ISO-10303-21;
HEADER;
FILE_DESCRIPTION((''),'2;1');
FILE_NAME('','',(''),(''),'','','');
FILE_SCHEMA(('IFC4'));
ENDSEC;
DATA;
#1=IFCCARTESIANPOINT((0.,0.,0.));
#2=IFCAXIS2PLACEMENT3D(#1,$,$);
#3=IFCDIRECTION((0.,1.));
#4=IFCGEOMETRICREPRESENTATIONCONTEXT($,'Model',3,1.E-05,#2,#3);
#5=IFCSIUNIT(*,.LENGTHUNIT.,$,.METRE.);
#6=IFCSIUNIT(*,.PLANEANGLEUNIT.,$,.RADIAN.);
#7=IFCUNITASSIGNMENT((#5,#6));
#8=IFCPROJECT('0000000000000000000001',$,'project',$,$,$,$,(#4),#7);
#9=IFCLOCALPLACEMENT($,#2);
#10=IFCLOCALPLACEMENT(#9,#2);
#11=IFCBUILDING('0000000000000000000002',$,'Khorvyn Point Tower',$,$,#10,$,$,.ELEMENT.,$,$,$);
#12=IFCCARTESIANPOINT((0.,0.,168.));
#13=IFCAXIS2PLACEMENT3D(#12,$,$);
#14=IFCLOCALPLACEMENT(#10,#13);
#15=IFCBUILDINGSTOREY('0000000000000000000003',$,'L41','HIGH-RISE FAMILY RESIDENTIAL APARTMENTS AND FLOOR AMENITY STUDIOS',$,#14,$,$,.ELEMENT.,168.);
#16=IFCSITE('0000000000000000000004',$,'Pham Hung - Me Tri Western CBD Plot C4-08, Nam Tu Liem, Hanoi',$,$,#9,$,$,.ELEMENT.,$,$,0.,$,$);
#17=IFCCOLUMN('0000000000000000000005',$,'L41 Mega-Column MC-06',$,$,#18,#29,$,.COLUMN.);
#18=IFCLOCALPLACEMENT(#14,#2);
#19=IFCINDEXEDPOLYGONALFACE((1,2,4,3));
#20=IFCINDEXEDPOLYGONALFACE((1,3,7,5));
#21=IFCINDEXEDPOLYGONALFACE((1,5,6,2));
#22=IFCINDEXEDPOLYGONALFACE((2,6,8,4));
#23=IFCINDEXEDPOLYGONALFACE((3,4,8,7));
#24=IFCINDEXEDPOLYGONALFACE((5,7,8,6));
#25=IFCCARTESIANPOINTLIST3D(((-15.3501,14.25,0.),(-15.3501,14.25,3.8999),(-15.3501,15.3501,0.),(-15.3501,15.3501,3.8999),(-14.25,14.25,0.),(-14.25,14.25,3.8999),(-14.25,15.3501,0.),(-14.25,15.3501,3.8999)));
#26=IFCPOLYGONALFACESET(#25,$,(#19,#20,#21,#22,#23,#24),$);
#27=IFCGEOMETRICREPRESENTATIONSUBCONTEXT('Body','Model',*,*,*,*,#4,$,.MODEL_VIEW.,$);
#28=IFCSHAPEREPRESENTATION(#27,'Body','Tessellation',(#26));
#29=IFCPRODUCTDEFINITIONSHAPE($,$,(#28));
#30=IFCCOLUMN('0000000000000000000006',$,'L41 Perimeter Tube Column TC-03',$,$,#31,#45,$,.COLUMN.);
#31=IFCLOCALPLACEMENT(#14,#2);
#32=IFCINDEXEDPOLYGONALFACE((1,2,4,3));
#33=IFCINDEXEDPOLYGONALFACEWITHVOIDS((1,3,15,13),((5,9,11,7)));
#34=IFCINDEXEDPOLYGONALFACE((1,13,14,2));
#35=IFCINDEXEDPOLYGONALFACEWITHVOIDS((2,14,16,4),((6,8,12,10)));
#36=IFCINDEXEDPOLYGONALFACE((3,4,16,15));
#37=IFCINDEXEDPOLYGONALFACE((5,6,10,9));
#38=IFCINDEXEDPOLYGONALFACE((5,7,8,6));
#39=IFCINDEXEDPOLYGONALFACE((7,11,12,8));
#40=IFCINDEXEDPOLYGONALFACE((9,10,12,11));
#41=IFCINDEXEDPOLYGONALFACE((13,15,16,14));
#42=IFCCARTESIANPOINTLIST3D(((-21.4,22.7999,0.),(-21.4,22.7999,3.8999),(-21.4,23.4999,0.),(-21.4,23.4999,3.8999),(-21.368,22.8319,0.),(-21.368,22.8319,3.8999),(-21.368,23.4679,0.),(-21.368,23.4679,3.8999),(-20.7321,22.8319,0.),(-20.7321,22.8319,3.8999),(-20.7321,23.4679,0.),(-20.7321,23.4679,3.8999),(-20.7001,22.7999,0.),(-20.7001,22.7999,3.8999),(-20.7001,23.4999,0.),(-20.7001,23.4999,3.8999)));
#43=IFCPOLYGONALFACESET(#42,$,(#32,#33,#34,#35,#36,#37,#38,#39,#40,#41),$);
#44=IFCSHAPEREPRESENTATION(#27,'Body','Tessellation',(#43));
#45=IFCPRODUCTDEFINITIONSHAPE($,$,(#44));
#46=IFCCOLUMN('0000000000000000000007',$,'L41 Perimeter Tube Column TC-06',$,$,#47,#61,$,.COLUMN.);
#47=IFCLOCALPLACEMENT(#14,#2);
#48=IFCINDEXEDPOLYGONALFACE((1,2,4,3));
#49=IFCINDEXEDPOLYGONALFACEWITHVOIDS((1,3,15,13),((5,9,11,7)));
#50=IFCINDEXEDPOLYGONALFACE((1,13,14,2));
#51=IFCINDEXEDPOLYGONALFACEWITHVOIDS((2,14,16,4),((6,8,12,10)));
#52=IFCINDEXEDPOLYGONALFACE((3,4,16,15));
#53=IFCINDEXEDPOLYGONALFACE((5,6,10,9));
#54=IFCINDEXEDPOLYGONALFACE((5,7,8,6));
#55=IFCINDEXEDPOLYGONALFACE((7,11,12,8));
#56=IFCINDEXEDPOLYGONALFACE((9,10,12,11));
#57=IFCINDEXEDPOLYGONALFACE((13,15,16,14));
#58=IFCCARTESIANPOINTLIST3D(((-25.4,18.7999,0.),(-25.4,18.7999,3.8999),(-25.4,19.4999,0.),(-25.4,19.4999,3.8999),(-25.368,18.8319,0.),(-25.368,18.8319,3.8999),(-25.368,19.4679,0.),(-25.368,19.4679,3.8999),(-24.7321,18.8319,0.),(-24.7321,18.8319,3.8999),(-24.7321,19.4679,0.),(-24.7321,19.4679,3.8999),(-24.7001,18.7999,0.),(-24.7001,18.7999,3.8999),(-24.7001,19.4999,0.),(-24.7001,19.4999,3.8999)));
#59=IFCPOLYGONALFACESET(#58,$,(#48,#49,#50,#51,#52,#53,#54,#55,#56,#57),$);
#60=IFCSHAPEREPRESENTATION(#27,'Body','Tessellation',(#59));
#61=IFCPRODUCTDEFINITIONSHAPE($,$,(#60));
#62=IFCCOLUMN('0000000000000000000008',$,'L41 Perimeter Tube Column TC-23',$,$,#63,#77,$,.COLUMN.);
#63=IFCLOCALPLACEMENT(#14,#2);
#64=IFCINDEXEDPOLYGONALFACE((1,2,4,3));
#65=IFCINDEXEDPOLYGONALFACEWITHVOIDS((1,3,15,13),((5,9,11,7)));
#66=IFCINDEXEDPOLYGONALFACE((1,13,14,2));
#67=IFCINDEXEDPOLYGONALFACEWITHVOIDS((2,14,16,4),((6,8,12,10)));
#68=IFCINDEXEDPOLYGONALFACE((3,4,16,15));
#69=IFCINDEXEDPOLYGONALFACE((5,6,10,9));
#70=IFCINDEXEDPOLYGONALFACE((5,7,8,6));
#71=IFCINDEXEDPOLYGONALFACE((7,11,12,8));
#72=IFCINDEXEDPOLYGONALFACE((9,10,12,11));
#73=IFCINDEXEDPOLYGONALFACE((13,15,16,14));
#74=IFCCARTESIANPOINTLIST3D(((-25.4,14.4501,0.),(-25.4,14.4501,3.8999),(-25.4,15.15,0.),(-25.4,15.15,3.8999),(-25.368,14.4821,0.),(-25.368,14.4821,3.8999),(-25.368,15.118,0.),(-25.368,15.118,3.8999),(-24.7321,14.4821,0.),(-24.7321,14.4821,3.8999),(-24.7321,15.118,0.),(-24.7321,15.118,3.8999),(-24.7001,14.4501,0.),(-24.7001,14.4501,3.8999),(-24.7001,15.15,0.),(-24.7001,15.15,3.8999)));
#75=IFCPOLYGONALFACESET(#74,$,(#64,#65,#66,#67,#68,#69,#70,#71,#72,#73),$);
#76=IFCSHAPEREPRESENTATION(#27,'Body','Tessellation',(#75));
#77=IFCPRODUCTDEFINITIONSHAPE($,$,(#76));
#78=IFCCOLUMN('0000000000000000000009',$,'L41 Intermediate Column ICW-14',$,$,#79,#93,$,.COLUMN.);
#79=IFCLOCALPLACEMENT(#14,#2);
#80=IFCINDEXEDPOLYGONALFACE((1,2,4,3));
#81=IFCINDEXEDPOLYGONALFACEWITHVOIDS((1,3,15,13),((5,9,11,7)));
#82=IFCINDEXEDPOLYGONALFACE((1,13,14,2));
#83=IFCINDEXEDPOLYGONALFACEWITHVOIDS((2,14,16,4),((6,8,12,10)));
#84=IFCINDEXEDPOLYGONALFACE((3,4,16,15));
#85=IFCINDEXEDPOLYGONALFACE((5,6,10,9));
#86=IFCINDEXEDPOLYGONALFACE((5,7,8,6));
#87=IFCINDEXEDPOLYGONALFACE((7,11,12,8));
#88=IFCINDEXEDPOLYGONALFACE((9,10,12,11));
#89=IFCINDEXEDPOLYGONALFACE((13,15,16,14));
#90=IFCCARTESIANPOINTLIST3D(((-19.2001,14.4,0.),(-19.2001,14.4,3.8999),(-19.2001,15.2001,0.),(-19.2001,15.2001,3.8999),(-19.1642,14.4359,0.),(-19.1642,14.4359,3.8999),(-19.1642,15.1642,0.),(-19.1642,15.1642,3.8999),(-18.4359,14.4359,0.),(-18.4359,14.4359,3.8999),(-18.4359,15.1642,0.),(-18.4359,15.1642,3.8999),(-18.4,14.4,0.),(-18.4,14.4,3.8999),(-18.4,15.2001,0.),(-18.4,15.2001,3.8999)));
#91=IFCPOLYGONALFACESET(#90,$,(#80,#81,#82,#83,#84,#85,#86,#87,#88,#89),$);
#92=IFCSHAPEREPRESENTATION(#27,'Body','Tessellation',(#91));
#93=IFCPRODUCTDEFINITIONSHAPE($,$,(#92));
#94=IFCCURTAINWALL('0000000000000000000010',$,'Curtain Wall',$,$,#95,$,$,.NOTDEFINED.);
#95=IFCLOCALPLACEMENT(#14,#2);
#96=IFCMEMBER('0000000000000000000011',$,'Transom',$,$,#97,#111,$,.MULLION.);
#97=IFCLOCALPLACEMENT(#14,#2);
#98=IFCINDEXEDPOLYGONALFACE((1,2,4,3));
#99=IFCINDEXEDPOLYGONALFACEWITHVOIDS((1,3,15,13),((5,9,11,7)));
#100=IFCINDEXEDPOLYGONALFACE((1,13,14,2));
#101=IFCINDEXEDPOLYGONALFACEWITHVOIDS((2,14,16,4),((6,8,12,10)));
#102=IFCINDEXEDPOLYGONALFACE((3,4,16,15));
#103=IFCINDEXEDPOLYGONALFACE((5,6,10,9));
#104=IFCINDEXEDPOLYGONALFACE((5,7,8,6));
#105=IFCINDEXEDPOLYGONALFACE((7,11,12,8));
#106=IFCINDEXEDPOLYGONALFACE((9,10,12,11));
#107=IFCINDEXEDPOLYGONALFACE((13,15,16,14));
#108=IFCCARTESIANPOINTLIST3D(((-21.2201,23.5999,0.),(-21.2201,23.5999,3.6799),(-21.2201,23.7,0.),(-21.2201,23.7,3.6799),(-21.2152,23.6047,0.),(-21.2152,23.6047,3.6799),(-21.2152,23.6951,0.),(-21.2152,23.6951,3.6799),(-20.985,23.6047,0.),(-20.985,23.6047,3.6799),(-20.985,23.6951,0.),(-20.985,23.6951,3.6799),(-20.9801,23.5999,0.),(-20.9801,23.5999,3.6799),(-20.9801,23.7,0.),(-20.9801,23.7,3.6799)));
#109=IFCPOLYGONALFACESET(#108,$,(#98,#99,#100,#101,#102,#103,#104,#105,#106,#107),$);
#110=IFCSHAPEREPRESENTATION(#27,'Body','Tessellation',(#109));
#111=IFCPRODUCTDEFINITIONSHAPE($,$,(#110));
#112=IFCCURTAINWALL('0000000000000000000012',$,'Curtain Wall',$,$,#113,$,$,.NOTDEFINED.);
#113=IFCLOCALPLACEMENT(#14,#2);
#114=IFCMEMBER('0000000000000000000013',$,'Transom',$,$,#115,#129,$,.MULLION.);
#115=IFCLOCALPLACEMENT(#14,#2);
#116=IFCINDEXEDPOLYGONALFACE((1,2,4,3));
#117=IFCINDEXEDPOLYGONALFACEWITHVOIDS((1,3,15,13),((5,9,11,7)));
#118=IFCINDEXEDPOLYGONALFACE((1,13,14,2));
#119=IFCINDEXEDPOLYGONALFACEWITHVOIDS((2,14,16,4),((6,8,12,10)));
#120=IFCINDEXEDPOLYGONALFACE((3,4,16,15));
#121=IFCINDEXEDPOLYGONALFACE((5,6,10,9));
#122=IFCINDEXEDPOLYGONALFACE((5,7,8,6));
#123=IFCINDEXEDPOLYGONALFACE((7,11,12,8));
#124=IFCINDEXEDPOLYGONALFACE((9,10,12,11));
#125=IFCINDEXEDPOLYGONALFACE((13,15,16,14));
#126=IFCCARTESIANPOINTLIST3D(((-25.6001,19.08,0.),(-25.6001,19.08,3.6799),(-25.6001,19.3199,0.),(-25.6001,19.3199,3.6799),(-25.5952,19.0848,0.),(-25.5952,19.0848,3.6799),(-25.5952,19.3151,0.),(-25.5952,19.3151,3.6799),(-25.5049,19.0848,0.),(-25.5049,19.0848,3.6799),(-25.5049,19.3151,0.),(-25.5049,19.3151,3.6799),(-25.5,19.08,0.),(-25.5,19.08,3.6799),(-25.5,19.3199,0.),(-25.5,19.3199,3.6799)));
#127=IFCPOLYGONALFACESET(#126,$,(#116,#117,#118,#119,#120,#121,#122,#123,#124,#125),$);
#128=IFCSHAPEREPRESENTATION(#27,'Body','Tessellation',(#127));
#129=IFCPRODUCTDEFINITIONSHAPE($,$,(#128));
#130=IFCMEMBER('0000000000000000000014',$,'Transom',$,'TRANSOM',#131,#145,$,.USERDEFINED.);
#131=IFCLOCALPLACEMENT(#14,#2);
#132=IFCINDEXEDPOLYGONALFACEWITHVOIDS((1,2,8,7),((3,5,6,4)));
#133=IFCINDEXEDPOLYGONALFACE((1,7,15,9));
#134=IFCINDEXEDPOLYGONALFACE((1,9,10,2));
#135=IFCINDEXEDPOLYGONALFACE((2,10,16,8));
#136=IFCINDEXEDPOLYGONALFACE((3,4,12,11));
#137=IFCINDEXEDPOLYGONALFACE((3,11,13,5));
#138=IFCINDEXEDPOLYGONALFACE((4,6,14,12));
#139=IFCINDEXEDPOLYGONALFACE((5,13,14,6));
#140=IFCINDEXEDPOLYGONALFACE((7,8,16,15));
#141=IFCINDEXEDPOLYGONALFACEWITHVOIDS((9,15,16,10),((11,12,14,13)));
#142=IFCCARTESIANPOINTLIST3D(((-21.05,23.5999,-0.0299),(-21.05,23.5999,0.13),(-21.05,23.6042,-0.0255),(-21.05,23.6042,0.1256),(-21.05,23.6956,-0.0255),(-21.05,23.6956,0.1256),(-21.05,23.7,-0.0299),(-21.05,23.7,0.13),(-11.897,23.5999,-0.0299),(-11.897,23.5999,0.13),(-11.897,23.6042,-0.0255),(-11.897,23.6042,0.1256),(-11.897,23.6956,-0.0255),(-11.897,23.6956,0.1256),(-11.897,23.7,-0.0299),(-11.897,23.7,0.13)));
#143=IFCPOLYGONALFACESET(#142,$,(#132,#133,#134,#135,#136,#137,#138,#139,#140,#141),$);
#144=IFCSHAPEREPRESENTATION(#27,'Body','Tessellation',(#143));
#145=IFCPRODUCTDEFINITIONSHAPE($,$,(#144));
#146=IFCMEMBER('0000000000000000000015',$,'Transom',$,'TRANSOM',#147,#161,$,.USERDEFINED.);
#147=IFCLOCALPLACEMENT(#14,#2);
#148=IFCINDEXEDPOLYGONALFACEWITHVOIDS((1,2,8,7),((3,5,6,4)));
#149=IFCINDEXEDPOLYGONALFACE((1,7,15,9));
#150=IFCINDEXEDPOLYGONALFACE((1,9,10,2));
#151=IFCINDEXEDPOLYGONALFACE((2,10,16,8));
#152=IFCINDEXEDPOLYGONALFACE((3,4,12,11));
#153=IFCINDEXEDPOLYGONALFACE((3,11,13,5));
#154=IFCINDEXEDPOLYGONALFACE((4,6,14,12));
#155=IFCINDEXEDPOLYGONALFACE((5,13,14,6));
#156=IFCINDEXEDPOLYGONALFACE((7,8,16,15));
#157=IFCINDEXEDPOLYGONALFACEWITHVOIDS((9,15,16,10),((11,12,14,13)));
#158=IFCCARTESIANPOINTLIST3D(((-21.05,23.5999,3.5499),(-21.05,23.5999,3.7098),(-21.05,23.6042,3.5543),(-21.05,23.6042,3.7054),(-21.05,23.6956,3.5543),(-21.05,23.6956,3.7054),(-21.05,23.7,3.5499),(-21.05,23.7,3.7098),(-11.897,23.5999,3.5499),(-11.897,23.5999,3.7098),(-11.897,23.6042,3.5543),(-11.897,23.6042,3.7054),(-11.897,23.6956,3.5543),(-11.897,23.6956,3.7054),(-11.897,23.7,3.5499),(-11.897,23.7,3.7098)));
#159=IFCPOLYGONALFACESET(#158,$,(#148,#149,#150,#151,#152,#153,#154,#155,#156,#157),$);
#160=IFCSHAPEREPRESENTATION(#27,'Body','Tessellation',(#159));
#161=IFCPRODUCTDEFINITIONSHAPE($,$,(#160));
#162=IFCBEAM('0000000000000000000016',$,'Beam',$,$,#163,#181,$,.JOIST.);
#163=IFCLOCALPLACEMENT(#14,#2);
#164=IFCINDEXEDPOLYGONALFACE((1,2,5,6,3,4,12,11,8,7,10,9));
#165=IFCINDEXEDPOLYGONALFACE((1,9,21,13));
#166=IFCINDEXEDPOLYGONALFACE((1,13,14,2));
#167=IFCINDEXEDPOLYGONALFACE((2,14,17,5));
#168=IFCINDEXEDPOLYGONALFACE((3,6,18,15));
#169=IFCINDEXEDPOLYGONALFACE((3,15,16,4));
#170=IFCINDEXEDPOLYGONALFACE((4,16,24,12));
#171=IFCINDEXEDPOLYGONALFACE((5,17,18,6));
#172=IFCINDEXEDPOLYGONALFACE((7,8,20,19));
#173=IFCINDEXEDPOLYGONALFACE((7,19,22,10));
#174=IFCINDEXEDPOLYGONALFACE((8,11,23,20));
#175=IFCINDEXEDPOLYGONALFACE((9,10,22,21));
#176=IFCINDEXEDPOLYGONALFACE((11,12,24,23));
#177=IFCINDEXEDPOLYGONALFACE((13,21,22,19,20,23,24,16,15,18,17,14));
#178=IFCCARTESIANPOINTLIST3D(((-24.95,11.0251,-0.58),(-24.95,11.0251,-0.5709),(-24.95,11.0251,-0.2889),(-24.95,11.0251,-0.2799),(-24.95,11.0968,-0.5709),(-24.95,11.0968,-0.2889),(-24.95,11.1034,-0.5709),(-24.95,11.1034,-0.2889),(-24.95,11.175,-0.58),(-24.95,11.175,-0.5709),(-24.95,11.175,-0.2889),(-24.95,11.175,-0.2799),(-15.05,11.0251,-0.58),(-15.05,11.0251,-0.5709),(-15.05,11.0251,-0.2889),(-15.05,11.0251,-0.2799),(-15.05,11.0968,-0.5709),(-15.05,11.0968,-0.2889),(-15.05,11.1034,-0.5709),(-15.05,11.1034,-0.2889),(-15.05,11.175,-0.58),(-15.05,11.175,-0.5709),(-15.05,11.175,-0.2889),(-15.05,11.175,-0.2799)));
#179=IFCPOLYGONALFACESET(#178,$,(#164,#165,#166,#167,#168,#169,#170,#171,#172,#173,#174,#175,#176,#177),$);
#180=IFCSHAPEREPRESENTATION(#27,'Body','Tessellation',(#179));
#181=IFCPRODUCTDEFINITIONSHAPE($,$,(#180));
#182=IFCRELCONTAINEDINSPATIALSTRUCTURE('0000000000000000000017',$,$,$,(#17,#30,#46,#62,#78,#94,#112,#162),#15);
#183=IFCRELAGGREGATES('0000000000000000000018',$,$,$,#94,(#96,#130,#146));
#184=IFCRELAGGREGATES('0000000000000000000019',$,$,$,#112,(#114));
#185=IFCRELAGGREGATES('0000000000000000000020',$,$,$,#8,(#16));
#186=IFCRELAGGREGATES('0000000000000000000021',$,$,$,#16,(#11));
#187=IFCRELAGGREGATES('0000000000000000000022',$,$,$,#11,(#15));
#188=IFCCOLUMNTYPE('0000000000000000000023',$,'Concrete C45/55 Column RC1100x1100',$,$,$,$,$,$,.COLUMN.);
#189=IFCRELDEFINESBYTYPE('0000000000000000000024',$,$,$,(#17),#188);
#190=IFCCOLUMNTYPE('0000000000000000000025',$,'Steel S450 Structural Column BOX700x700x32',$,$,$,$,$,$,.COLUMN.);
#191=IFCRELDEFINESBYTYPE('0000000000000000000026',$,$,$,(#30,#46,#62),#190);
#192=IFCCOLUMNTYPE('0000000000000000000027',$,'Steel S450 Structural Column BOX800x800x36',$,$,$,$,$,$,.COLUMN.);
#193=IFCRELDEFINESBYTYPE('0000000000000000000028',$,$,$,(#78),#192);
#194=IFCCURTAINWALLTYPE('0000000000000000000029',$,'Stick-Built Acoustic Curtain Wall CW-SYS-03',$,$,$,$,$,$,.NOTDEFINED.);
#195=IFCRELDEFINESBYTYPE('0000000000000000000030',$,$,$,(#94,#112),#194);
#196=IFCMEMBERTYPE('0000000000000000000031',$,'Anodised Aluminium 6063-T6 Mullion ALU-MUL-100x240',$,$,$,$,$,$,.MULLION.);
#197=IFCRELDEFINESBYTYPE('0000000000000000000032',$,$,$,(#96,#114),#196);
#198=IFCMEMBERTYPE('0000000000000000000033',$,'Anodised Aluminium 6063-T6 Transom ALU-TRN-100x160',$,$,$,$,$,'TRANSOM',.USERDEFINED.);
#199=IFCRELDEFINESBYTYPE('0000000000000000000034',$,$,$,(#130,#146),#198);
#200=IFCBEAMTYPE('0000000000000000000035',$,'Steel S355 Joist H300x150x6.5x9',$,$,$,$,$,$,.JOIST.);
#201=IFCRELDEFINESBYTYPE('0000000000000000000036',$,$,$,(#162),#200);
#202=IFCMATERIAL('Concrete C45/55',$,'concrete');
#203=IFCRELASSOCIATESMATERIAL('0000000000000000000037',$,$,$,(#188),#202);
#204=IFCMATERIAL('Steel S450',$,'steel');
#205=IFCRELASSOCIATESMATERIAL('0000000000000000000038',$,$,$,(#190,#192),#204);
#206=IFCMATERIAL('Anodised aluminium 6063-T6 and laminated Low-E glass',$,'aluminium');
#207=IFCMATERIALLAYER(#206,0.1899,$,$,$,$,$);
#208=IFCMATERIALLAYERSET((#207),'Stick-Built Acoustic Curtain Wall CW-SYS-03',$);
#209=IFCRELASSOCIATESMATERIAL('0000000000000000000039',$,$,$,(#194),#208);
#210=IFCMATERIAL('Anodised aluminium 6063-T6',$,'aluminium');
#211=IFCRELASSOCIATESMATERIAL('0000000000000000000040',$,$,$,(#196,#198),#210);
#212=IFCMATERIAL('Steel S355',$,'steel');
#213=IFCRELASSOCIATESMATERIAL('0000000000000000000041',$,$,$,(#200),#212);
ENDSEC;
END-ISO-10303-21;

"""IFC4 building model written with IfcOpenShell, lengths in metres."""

from ifc_helpers import new_model, si_unit, direction, frame, origin, origin_2d, place, context, subcontext, project, spatial, rectangle, hollow_rectangle, i_section, extrude, material, layer, layer_set, material_profile, profile_set, type_object, element, aggregate, save


model = new_model("IFC4")

# Units and contexts
model_context = context("Model", 3, precision=1e-05, world=origin(), true_north=direction((0.0, 1.0)))
body_context = subcontext(model_context, "Body", "Model", "MODEL_VIEW")
ifc_project = project(units=[si_unit("LENGTHUNIT", "METRE"), si_unit("PLANEANGLEUNIT", "RADIAN")], contexts=[model_context])

# Site, building, storey
site_placement = place(None, origin())
site = spatial("IfcSite", under=ifc_project, at=site_placement, Name="Pham Hung - Me Tri Western CBD Plot C4-08, Nam Tu Liem, Hanoi", CompositionType="ELEMENT", RefElevation=0.0)
building_placement = place(site_placement, origin())
building = spatial("IfcBuilding", under=site, at=building_placement, Name="Khorvyn Point Tower", CompositionType="ELEMENT")
storey_placement = place(building_placement, frame((0.0, 0.0, 168.0)))
storey = spatial("IfcBuildingStorey", under=building, at=storey_placement, Name="L41", Description="HIGH-RISE FAMILY RESIDENTIAL APARTMENTS AND FLOOR AMENITY STUDIOS", CompositionType="ELEMENT", Elevation=168.0)

# Columns
ifc_material_1 = material(Name="Concrete C45/55", Category="concrete")
ifc_material_profile_1 = material_profile(ifc_material_1, rectangle(XDim=1.1001, YDim=1.1001, at=origin_2d()))
ifc_profile_set_1 = profile_set([ifc_material_profile_1], Name="Concrete C45/55 RC1100x1100")
column_type_1 = type_object("IfcColumnType", Name="Concrete C45/55 Column RC1100x1100", PredefinedType="COLUMN", material=ifc_profile_set_1)
column_1_placement = place(storey_placement, frame((-14.8, 14.8, 0.0), z_axis=(0.0, 0.0, 1.0), x_axis=(1.0, 0.0, 0.0)))
element("IfcColumn", 1, at=column_1_placement, inside=storey, type_object=column_type_1, Name="L41 Mega-Column MC-06", PredefinedType="COLUMN", context=body_context, shape_type="SweptSolid", body=[
    extrude(rectangle(XDim=1.1001, YDim=1.1001, at=origin_2d()), origin(), (0.0, 0.0, 1.0), 3.8999),
])
ifc_material_2 = material(Name="Steel S450", Category="steel")
ifc_material_profile_2 = material_profile(ifc_material_2, hollow_rectangle(XDim=0.7, YDim=0.7, WallThickness=0.032, at=origin_2d()))
ifc_profile_set_2 = profile_set([ifc_material_profile_2], Name="Steel S450 BOX700x700x32")
column_type_2 = type_object("IfcColumnType", Name="Steel S450 Structural Column BOX700x700x32", PredefinedType="COLUMN", material=ifc_profile_set_2)
for number, where, z_axis, x_axis, name in (
    (2, (-21.05, 23.1499, 0.0), (0.0, 0.0, 1.0), (1.0, 0.0, 0.0), "L41 Perimeter Tube Column TC-03"),
    (3, (-25.05, 19.1499, 0.0), (0.0, 0.0, 1.0), (1.0, 0.0, 0.0), "L41 Perimeter Tube Column TC-06"),
    (4, (-25.05, 14.8, 0.0), (0.0, 0.0, 1.0), (1.0, 0.0, 0.0), "L41 Perimeter Tube Column TC-23"),
):
    element("IfcColumn", number, at=place(storey_placement, frame(where, z_axis=z_axis, x_axis=x_axis)), inside=storey, type_object=column_type_2, Name=name, PredefinedType="COLUMN", context=body_context, shape_type="SweptSolid", body=[
        extrude(hollow_rectangle(XDim=0.7, YDim=0.7, WallThickness=0.032, at=origin_2d()), origin(), (0.0, 0.0, 1.0), 3.8999),
    ])
ifc_material_profile_3 = material_profile(ifc_material_2, hollow_rectangle(XDim=0.8, YDim=0.8, WallThickness=0.0359, at=origin_2d()))
ifc_profile_set_3 = profile_set([ifc_material_profile_3], Name="Steel S450 BOX800x800x36")
column_type_3 = type_object("IfcColumnType", Name="Steel S450 Structural Column BOX800x800x36", PredefinedType="COLUMN", material=ifc_profile_set_3)
column_2_placement = place(storey_placement, frame((-18.8, 14.8, 0.0), z_axis=(0.0, 0.0, 1.0), x_axis=(1.0, 0.0, 0.0)))
element("IfcColumn", 5, at=column_2_placement, inside=storey, type_object=column_type_3, Name="L41 Intermediate Column ICW-14", PredefinedType="COLUMN", context=body_context, shape_type="SweptSolid", body=[
    extrude(hollow_rectangle(XDim=0.8, YDim=0.8, WallThickness=0.0359, at=origin_2d()), origin(), (0.0, 0.0, 1.0), 3.8999),
])

# Curtain walls, members
ifc_material_3 = material(Name="Anodised aluminium 6063-T6 and laminated Low-E glass", Category="aluminium")
ifc_layer_1 = layer(ifc_material_3, 0.1899)
ifc_layer_set_1 = layer_set([ifc_layer_1], Name="Stick-Built Acoustic Curtain Wall CW-SYS-03")
curtain_wall_type = type_object("IfcCurtainWallType", Name="Stick-Built Acoustic Curtain Wall CW-SYS-03", PredefinedType="NOTDEFINED", material=ifc_layer_set_1)
curtain_wall_1_placement = place(storey_placement, origin())
curtain_wall_1 = element("IfcCurtainWall", 6, at=curtain_wall_1_placement, inside=storey, type_object=curtain_wall_type, Name="Curtain Wall", PredefinedType="NOTDEFINED")
ifc_material_4 = material(Name="Anodised aluminium 6063-T6", Category="aluminium")
ifc_material_profile_4 = material_profile(ifc_material_4, hollow_rectangle(XDim=0.1001, YDim=0.24, WallThickness=0.0049, at=origin_2d()))
ifc_profile_set_4 = profile_set([ifc_material_profile_4], Name="Anodised aluminium 6063-T6 ALU-MUL-100x240")
member_type_1 = type_object("IfcMemberType", Name="Anodised Aluminium 6063-T6 Mullion ALU-MUL-100x240", PredefinedType="MULLION", material=ifc_profile_set_4)
member_1_placement = place(storey_placement, frame((-21.1001, 23.6499, 0.0), z_axis=(0.0, 0.0, 1.0), x_axis=(0.0, 1.0, 0.0)))
member_1 = element("IfcMember", 7, at=member_1_placement, type_object=member_type_1, Name="Transom", PredefinedType="MULLION", context=body_context, shape_type="SweptSolid", body=[
    extrude(hollow_rectangle(XDim=0.1001, YDim=0.24, WallThickness=0.0049, at=origin_2d()), origin(), (0.0, 0.0, 1.0), 3.6799),
])
curtain_wall_2_placement = place(storey_placement, origin())
curtain_wall_2 = element("IfcCurtainWall", 8, at=curtain_wall_2_placement, inside=storey, type_object=curtain_wall_type, Name="Curtain Wall", PredefinedType="NOTDEFINED")
member_2_placement = place(storey_placement, frame((-25.55, 19.2, 0.0), z_axis=(0.0, 0.0, 1.0), x_axis=(-1.0, 0.0, 0.0)))
member_2 = element("IfcMember", 9, at=member_2_placement, type_object=member_type_1, Name="Transom", PredefinedType="MULLION", context=body_context, shape_type="SweptSolid", body=[
    extrude(hollow_rectangle(XDim=0.1001, YDim=0.24, WallThickness=0.0049, at=origin_2d()), origin(), (0.0, 0.0, 1.0), 3.6799),
])

# Members
ifc_material_profile_5 = material_profile(ifc_material_4, hollow_rectangle(XDim=0.1001, YDim=0.1599, WallThickness=0.0044, at=origin_2d()))
ifc_profile_set_5 = profile_set([ifc_material_profile_5], Name="Anodised aluminium 6063-T6 ALU-TRN-100x160")
member_type_2 = type_object("IfcMemberType", Name="Anodised Aluminium 6063-T6 Transom ALU-TRN-100x160", ElementType="TRANSOM", PredefinedType="USERDEFINED", material=ifc_profile_set_5)
member_3_placement = place(storey_placement, frame((-21.05, 23.6499, 0.05), z_axis=(1.0, 0.0, 0.0), x_axis=(0.0, 1.0, 0.0)))
member_3 = element("IfcMember", 10, at=member_3_placement, type_object=member_type_2, Name="Transom", ObjectType="TRANSOM", PredefinedType="USERDEFINED", context=body_context, shape_type="SweptSolid", body=[
    extrude(hollow_rectangle(XDim=0.1001, YDim=0.1599, WallThickness=0.0044, at=origin_2d()), origin(), (0.0, 0.0, 1.0), 9.1531),
])
member_4_placement = place(storey_placement, frame((-21.05, 23.6499, 3.6299), z_axis=(1.0, 0.0, 0.0), x_axis=(0.0, 1.0, 0.0)))
member_4 = element("IfcMember", 11, at=member_4_placement, type_object=member_type_2, Name="Transom", ObjectType="TRANSOM", PredefinedType="USERDEFINED", context=body_context, shape_type="SweptSolid", body=[
    extrude(hollow_rectangle(XDim=0.1001, YDim=0.1599, WallThickness=0.0044, at=origin_2d()), origin(), (0.0, 0.0, 1.0), 9.1531),
])

# Beam
ifc_material_5 = material(Name="Steel S355", Category="steel")
ifc_material_profile_6 = material_profile(ifc_material_5, i_section(OverallWidth=0.1499, OverallDepth=0.3, WebThickness=0.0066, FlangeThickness=0.009, at=origin_2d()))
ifc_profile_set_6 = profile_set([ifc_material_profile_6], Name="Steel S355 H300x150x6.5x9")
beam_type_1 = type_object("IfcBeamType", Name="Steel S355 Joist H300x150x6.5x9", PredefinedType="JOIST", material=ifc_profile_set_6)
for number, where, z_axis, x_axis, name in (
    (12, (-24.95, 11.1001, -0.4299), (1.0, 0.0, 0.0), (0.0, 1.0, 0.0), "Beam"),
):
    element("IfcBeam", number, at=place(storey_placement, frame(where, z_axis=z_axis, x_axis=x_axis)), inside=storey, type_object=beam_type_1, Name=name, PredefinedType="JOIST", context=body_context, shape_type="SweptSolid", body=[
        extrude(i_section(OverallWidth=0.1499, OverallDepth=0.3, WebThickness=0.0066, FlangeThickness=0.009, at=origin_2d()), origin(), (0.0, 0.0, 1.0), 9.8999),
    ])

aggregate(curtain_wall_1, [member_1, member_3, member_4])
aggregate(curtain_wall_2, [member_2])

save(model, "model.ifc")
